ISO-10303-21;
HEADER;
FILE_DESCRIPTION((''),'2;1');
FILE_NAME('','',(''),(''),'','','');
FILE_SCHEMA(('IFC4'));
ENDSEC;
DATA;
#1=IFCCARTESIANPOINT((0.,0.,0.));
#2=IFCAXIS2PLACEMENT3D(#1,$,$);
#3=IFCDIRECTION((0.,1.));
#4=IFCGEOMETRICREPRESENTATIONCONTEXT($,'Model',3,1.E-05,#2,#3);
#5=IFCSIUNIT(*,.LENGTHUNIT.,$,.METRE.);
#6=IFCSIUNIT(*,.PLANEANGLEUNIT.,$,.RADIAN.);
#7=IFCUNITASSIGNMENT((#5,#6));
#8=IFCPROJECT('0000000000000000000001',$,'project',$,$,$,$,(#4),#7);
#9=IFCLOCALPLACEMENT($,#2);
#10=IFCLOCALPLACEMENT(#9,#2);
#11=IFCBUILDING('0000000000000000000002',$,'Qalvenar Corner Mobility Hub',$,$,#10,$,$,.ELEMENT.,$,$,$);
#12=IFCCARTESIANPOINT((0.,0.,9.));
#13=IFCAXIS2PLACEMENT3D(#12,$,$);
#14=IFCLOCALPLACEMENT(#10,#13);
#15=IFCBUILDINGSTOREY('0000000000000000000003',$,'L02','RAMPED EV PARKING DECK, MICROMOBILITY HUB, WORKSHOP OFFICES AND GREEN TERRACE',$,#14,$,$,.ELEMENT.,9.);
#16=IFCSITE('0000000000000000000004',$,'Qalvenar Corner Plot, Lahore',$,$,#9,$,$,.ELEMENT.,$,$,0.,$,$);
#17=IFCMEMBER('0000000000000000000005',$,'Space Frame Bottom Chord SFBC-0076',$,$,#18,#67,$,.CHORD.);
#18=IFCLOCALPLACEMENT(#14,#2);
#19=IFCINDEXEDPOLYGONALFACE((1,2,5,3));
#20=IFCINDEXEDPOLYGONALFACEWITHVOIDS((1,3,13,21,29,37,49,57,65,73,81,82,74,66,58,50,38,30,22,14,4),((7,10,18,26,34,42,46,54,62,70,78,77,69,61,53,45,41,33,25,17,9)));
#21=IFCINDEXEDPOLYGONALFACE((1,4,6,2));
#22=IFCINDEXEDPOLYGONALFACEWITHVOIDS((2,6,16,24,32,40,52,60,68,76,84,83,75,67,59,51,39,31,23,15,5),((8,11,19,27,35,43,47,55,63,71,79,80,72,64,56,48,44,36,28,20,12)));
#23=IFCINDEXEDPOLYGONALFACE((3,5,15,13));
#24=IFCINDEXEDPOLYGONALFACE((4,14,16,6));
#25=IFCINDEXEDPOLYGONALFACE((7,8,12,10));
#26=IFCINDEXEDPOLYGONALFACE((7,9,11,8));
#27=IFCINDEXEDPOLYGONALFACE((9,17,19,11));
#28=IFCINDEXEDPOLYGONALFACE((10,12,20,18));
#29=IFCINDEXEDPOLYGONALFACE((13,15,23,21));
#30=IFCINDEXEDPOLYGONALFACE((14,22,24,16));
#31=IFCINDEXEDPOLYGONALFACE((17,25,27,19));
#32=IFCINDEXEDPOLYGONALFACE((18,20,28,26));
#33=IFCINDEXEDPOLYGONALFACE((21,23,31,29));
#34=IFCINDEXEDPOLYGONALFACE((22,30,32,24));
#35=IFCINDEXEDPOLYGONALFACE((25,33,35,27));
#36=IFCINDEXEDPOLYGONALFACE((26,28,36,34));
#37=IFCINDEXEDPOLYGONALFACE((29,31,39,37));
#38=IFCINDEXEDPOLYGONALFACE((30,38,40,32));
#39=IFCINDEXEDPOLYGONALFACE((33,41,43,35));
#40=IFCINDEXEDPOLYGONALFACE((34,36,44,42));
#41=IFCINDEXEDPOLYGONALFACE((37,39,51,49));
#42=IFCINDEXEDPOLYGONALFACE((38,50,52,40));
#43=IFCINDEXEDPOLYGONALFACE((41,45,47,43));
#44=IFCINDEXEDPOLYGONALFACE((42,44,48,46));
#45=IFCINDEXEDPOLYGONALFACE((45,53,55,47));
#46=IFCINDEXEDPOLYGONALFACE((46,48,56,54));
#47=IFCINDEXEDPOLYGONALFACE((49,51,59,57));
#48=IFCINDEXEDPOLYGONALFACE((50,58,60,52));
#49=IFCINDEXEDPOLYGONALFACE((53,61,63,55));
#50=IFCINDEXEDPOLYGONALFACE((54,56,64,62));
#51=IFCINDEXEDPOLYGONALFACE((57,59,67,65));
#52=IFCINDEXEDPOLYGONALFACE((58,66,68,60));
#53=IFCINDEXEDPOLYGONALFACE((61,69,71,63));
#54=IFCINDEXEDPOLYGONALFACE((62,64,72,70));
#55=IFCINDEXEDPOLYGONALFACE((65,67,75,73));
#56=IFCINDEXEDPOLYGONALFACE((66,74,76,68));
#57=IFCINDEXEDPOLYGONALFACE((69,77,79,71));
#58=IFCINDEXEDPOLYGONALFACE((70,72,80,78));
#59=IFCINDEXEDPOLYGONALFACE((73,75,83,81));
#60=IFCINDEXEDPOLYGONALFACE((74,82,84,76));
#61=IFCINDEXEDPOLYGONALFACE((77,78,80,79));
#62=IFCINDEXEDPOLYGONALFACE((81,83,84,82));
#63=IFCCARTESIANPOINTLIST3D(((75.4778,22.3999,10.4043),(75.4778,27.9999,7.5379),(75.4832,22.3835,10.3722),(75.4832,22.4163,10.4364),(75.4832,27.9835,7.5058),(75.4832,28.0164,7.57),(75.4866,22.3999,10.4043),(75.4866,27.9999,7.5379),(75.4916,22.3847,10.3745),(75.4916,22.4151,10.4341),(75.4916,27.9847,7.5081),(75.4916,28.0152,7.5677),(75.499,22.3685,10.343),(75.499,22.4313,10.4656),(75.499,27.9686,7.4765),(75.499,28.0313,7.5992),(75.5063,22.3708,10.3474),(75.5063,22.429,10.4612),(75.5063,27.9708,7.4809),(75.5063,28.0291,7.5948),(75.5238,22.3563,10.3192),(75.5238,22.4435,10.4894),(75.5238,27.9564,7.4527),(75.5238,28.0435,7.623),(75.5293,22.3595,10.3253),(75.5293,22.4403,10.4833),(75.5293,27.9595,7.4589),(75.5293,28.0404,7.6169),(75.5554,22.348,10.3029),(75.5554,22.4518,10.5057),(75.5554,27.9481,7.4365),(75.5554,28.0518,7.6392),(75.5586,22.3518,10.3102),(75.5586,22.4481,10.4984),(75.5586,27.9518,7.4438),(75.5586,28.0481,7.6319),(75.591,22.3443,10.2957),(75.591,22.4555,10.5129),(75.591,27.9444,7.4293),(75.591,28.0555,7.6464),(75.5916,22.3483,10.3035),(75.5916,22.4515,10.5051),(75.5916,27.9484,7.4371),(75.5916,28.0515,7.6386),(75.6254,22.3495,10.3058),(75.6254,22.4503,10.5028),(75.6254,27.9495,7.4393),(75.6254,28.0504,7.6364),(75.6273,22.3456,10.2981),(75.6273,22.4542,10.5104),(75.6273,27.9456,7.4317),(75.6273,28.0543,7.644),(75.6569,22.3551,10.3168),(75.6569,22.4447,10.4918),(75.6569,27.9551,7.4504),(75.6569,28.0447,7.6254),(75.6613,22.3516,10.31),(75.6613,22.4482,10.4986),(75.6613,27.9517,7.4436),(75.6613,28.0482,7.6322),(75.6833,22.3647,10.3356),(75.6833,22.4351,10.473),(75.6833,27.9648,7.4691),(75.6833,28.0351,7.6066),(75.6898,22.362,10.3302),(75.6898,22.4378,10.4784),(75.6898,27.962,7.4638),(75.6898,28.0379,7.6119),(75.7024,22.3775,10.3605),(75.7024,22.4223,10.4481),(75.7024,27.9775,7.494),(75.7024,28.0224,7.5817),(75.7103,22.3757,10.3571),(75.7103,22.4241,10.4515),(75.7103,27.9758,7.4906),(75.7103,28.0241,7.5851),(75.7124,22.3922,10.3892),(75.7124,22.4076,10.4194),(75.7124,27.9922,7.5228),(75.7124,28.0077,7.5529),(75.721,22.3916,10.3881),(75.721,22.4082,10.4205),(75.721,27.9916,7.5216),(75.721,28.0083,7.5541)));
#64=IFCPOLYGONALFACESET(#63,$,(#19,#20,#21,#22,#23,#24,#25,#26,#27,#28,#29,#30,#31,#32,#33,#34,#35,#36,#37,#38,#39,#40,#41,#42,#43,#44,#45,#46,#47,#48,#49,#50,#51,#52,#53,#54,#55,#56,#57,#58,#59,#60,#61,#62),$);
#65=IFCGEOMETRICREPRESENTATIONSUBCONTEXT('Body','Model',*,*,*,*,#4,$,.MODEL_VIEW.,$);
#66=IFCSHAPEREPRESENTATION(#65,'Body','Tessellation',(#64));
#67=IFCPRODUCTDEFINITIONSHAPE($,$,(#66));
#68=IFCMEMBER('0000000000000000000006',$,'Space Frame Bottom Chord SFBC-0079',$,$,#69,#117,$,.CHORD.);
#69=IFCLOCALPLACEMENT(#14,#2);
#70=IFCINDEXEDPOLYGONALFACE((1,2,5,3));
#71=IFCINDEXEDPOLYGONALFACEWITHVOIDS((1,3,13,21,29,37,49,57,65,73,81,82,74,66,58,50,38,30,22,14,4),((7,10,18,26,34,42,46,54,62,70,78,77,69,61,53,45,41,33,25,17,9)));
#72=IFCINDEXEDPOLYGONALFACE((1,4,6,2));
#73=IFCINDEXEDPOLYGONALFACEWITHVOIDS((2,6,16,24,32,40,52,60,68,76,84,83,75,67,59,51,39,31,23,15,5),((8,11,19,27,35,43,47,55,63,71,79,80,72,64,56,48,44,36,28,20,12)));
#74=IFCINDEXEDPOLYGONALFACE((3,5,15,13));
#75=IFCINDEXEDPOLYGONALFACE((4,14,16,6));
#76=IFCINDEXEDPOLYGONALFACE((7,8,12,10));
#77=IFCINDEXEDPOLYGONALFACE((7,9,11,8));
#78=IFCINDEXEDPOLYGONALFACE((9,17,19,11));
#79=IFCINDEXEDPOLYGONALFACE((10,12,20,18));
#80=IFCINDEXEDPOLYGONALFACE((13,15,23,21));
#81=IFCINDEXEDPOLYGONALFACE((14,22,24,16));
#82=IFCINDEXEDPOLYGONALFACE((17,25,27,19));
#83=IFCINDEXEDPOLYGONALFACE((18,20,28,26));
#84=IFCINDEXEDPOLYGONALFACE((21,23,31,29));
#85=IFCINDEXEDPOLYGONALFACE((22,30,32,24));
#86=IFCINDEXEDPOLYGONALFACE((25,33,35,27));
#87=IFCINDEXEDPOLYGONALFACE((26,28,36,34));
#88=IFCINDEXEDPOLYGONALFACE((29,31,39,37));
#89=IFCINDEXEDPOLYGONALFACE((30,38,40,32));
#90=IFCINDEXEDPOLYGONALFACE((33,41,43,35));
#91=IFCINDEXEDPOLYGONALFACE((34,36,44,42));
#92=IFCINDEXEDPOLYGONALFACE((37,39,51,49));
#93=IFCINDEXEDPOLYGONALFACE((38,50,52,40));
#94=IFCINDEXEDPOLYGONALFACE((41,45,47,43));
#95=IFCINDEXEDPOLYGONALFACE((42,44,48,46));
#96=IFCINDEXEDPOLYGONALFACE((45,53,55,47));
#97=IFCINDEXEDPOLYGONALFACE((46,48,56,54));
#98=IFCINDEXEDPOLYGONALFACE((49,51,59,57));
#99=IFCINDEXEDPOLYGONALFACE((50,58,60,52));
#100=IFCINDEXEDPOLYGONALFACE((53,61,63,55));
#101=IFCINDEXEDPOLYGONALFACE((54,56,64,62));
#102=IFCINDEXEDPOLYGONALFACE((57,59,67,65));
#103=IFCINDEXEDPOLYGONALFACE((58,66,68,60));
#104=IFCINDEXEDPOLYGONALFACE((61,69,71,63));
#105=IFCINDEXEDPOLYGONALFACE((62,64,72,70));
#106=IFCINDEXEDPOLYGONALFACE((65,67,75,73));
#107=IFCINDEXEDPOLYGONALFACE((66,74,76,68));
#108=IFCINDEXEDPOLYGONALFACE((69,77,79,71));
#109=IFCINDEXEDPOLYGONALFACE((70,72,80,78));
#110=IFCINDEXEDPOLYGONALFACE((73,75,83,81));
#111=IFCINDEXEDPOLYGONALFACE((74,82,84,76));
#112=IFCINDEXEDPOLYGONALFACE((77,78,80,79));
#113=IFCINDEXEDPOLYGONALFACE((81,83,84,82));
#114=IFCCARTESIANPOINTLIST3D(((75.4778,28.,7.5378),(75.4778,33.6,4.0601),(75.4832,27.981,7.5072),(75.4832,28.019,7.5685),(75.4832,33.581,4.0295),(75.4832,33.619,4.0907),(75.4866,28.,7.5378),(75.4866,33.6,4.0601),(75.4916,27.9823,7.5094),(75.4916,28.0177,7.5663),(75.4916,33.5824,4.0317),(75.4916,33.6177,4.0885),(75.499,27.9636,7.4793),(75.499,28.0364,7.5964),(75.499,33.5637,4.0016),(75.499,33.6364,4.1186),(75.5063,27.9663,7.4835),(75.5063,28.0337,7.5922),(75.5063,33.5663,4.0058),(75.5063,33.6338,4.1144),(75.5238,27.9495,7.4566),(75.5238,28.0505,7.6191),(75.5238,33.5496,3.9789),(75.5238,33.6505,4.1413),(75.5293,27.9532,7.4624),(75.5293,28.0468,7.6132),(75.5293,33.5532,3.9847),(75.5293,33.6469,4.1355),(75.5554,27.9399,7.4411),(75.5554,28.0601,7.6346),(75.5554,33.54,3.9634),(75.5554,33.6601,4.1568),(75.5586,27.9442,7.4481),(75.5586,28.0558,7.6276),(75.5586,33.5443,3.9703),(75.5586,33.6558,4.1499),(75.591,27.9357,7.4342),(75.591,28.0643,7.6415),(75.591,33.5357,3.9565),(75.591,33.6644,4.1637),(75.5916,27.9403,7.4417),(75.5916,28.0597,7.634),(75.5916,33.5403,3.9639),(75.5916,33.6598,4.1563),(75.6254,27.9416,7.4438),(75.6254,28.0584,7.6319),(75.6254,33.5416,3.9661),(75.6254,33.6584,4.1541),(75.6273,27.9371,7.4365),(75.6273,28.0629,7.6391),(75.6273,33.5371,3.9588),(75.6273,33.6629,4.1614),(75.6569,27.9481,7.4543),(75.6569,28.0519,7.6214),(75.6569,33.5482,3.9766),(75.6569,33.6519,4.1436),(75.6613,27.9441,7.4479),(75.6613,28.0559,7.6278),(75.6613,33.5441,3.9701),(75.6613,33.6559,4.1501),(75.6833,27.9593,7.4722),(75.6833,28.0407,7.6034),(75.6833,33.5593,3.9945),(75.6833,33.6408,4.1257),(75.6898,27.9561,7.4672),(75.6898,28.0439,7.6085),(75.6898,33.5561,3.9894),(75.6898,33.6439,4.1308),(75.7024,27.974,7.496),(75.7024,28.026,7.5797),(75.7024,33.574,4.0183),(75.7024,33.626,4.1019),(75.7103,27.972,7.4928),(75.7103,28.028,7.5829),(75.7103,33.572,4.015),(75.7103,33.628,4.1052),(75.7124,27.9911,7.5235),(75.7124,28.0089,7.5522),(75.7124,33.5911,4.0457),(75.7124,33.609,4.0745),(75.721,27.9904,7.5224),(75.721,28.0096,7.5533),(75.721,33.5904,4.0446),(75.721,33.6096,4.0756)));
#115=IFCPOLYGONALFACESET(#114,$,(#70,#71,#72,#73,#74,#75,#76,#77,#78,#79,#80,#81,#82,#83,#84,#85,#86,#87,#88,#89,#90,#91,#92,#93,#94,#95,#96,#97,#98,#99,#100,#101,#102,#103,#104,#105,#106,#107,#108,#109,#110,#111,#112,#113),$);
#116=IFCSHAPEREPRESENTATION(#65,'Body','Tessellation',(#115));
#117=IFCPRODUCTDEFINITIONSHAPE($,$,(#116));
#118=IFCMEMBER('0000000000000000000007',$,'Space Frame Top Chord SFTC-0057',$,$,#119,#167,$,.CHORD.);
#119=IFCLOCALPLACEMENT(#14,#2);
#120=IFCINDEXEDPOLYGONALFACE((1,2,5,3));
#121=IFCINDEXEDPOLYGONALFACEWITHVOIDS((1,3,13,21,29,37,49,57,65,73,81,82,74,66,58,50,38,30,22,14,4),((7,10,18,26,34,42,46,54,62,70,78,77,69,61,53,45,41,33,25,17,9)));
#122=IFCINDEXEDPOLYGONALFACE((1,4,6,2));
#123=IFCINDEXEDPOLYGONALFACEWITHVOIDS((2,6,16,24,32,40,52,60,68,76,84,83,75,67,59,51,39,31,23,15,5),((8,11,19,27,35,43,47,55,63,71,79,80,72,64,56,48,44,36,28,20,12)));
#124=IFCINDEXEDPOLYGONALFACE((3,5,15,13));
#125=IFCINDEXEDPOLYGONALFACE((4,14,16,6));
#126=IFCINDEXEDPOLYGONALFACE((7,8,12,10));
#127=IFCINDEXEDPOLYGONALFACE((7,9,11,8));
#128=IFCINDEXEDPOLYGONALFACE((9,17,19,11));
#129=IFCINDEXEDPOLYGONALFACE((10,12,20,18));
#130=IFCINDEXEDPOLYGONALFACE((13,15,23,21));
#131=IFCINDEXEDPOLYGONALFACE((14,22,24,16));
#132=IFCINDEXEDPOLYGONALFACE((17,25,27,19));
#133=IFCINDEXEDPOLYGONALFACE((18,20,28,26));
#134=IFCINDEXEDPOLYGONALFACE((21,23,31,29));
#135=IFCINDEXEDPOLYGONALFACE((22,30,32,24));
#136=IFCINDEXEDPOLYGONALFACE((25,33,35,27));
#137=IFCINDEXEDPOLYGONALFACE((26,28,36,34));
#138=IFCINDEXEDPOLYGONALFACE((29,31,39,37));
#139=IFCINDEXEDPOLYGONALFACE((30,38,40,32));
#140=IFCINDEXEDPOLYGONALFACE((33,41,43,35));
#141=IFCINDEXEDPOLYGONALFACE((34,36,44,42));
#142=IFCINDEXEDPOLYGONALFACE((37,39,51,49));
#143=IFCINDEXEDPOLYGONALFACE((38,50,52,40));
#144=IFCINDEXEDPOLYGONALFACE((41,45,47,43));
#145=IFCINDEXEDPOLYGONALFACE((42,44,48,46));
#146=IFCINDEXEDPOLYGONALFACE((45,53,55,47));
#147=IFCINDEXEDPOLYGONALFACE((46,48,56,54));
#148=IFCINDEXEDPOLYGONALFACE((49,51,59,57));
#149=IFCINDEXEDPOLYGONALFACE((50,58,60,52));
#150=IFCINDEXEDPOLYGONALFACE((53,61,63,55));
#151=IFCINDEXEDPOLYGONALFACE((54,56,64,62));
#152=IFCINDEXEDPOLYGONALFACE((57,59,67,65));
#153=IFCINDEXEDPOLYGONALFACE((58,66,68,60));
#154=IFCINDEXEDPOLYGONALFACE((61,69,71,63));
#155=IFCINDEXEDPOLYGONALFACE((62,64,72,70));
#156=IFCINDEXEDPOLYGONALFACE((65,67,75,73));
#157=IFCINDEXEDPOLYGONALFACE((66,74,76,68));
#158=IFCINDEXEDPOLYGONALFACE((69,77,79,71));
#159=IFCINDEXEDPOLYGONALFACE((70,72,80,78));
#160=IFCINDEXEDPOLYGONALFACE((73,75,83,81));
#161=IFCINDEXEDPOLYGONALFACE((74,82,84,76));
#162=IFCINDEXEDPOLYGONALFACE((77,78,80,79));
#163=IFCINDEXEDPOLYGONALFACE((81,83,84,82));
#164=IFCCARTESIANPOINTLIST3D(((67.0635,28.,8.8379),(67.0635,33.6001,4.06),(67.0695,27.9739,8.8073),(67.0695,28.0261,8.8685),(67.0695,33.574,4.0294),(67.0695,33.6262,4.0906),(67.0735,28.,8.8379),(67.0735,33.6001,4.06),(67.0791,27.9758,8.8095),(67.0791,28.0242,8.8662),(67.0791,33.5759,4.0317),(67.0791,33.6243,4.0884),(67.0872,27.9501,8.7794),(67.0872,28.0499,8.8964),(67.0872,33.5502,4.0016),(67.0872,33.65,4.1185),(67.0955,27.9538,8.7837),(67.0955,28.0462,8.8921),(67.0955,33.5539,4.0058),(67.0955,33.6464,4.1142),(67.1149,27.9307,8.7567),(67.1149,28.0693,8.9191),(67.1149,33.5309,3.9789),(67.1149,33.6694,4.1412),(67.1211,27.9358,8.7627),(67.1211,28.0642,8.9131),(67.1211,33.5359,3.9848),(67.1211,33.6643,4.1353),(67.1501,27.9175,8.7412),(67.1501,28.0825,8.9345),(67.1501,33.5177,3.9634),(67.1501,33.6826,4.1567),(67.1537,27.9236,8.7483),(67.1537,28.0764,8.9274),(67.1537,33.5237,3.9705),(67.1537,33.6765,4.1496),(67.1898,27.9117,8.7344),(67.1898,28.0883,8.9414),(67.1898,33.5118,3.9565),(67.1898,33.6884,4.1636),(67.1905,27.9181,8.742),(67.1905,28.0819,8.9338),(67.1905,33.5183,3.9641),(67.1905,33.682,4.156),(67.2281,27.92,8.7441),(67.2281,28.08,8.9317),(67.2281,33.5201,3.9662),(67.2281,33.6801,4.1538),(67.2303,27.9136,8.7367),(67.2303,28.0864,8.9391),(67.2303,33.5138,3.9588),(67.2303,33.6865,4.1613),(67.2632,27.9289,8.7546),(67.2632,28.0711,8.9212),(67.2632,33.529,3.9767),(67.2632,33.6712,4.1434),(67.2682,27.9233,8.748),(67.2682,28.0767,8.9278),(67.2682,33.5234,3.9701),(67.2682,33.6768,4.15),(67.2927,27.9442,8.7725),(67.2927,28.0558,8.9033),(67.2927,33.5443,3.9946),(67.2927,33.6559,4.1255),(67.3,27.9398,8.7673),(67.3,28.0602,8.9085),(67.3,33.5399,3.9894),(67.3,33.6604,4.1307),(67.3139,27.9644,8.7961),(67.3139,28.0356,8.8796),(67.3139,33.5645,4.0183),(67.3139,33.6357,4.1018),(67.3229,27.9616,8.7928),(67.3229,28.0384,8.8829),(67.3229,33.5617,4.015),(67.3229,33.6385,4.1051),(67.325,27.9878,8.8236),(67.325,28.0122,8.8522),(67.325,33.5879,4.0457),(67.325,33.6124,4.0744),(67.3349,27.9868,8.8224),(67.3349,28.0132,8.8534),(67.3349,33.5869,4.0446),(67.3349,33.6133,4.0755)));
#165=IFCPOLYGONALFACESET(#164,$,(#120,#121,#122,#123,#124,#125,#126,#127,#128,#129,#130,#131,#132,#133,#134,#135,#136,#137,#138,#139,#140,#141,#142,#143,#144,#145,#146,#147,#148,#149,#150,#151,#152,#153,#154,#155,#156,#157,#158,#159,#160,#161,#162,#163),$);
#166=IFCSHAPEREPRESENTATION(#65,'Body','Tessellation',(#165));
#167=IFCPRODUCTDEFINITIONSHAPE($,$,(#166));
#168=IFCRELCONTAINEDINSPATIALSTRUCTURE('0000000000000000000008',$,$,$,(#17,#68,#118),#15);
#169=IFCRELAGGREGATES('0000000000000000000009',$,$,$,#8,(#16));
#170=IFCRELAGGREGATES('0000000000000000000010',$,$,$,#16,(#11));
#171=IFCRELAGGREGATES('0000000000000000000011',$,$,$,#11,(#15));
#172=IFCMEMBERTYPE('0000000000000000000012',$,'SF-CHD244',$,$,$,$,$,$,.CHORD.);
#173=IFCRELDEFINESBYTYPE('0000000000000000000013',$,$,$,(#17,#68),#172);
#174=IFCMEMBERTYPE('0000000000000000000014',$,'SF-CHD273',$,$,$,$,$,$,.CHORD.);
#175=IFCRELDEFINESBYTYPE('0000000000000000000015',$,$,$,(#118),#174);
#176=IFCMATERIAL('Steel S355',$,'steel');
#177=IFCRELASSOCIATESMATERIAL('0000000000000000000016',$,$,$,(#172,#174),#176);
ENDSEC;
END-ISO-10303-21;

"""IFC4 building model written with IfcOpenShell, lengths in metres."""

from ifc_helpers import new_model, si_unit, direction, frame, origin, origin_2d, place, context, subcontext, project, spatial, hollow_circle, extrude, material, material_profile, profile_set, type_object, element, save


model = new_model("IFC4")

# Units and contexts
model_context = context("Model", 3, precision=1e-05, world=origin(), true_north=direction((0.0, 1.0)))
body_context = subcontext(model_context, "Body", "Model", "MODEL_VIEW")
ifc_project = project(units=[si_unit("LENGTHUNIT", "METRE"), si_unit("PLANEANGLEUNIT", "RADIAN")], contexts=[model_context])

# Site, building, storey
site_placement = place(None, origin())
site = spatial("IfcSite", under=ifc_project, at=site_placement, Name="Qalvenar Corner Plot, Lahore", CompositionType="ELEMENT", RefElevation=0.0)
building_placement = place(site_placement, origin())
building = spatial("IfcBuilding", under=site, at=building_placement, Name="Qalvenar Corner Mobility Hub", CompositionType="ELEMENT")
storey_placement = place(building_placement, frame((0.0, 0.0, 9.0)))
storey = spatial("IfcBuildingStorey", under=building, at=storey_placement, Name="L02", Description="RAMPED EV PARKING DECK, MICROMOBILITY HUB, WORKSHOP OFFICES AND GREEN TERRACE", CompositionType="ELEMENT", Elevation=9.0)

# Members
ifc_material_1 = material(Name="Steel S355", Category="steel")
ifc_material_profile_1 = material_profile(ifc_material_1, hollow_circle(Radius=0.1223, WallThickness=0.0088, at=origin_2d()), Name="CHS244.5x8.8")
ifc_profile_set_1 = profile_set([ifc_material_profile_1], Name="Steel S355")
member_type_1 = type_object("IfcMemberType", Name="SF-CHD244", PredefinedType="CHORD", material=ifc_profile_set_1)
member_1_placement = place(storey_placement, frame((75.6001, 22.3999, 10.4043), z_axis=(0.0, 0.890165, -0.455638), x_axis=(-1.0, 0.0, 0.0)))
element("IfcMember", 1, at=member_1_placement, inside=storey, type_object=member_type_1, Name="Space Frame Bottom Chord SFBC-0076", PredefinedType="CHORD", context=body_context, shape_type="SweptSolid", body=[
    extrude(hollow_circle(Radius=0.1223, WallThickness=0.0088, at=origin_2d()), origin(), (0.0, 0.0, 1.0), 6.291),
])
member_2_placement = place(storey_placement, frame((75.6001, 28.0, 7.5378), z_axis=(0.0, 0.849514, -0.527567), x_axis=(-1.0, 0.0, 0.0)))
element("IfcMember", 2, at=member_2_placement, inside=storey, type_object=member_type_1, Name="Space Frame Bottom Chord SFBC-0079", PredefinedType="CHORD", context=body_context, shape_type="SweptSolid", body=[
    extrude(hollow_circle(Radius=0.1223, WallThickness=0.0088, at=origin_2d()), origin(), (0.0, 0.0, 1.0), 6.592),
])
ifc_material_profile_2 = material_profile(ifc_material_1, hollow_circle(Radius=0.1365, WallThickness=0.01, at=origin_2d()), Name="CHS273x10")
ifc_profile_set_2 = profile_set([ifc_material_profile_2], Name="Steel S355")
member_type_2 = type_object("IfcMemberType", Name="SF-CHD273", PredefinedType="CHORD", material=ifc_profile_set_2)
for number, where, z_axis, x_axis, name in (
    (3, (67.2, 28.0, 8.8379), (0.0, 0.760748, -0.649047), (-1.0, 0.0, 0.0), "Space Frame Top Chord SFTC-0057"),
):
    element("IfcMember", number, at=place(storey_placement, frame(where, z_axis=z_axis, x_axis=x_axis)), inside=storey, type_object=member_type_2, Name=name, PredefinedType="CHORD", context=body_context, shape_type="SweptSolid", body=[
        extrude(hollow_circle(Radius=0.1365, WallThickness=0.01, at=origin_2d()), origin(), (0.0, 0.0, 1.0), 7.3613),
    ])

save(model, "model.ifc")
